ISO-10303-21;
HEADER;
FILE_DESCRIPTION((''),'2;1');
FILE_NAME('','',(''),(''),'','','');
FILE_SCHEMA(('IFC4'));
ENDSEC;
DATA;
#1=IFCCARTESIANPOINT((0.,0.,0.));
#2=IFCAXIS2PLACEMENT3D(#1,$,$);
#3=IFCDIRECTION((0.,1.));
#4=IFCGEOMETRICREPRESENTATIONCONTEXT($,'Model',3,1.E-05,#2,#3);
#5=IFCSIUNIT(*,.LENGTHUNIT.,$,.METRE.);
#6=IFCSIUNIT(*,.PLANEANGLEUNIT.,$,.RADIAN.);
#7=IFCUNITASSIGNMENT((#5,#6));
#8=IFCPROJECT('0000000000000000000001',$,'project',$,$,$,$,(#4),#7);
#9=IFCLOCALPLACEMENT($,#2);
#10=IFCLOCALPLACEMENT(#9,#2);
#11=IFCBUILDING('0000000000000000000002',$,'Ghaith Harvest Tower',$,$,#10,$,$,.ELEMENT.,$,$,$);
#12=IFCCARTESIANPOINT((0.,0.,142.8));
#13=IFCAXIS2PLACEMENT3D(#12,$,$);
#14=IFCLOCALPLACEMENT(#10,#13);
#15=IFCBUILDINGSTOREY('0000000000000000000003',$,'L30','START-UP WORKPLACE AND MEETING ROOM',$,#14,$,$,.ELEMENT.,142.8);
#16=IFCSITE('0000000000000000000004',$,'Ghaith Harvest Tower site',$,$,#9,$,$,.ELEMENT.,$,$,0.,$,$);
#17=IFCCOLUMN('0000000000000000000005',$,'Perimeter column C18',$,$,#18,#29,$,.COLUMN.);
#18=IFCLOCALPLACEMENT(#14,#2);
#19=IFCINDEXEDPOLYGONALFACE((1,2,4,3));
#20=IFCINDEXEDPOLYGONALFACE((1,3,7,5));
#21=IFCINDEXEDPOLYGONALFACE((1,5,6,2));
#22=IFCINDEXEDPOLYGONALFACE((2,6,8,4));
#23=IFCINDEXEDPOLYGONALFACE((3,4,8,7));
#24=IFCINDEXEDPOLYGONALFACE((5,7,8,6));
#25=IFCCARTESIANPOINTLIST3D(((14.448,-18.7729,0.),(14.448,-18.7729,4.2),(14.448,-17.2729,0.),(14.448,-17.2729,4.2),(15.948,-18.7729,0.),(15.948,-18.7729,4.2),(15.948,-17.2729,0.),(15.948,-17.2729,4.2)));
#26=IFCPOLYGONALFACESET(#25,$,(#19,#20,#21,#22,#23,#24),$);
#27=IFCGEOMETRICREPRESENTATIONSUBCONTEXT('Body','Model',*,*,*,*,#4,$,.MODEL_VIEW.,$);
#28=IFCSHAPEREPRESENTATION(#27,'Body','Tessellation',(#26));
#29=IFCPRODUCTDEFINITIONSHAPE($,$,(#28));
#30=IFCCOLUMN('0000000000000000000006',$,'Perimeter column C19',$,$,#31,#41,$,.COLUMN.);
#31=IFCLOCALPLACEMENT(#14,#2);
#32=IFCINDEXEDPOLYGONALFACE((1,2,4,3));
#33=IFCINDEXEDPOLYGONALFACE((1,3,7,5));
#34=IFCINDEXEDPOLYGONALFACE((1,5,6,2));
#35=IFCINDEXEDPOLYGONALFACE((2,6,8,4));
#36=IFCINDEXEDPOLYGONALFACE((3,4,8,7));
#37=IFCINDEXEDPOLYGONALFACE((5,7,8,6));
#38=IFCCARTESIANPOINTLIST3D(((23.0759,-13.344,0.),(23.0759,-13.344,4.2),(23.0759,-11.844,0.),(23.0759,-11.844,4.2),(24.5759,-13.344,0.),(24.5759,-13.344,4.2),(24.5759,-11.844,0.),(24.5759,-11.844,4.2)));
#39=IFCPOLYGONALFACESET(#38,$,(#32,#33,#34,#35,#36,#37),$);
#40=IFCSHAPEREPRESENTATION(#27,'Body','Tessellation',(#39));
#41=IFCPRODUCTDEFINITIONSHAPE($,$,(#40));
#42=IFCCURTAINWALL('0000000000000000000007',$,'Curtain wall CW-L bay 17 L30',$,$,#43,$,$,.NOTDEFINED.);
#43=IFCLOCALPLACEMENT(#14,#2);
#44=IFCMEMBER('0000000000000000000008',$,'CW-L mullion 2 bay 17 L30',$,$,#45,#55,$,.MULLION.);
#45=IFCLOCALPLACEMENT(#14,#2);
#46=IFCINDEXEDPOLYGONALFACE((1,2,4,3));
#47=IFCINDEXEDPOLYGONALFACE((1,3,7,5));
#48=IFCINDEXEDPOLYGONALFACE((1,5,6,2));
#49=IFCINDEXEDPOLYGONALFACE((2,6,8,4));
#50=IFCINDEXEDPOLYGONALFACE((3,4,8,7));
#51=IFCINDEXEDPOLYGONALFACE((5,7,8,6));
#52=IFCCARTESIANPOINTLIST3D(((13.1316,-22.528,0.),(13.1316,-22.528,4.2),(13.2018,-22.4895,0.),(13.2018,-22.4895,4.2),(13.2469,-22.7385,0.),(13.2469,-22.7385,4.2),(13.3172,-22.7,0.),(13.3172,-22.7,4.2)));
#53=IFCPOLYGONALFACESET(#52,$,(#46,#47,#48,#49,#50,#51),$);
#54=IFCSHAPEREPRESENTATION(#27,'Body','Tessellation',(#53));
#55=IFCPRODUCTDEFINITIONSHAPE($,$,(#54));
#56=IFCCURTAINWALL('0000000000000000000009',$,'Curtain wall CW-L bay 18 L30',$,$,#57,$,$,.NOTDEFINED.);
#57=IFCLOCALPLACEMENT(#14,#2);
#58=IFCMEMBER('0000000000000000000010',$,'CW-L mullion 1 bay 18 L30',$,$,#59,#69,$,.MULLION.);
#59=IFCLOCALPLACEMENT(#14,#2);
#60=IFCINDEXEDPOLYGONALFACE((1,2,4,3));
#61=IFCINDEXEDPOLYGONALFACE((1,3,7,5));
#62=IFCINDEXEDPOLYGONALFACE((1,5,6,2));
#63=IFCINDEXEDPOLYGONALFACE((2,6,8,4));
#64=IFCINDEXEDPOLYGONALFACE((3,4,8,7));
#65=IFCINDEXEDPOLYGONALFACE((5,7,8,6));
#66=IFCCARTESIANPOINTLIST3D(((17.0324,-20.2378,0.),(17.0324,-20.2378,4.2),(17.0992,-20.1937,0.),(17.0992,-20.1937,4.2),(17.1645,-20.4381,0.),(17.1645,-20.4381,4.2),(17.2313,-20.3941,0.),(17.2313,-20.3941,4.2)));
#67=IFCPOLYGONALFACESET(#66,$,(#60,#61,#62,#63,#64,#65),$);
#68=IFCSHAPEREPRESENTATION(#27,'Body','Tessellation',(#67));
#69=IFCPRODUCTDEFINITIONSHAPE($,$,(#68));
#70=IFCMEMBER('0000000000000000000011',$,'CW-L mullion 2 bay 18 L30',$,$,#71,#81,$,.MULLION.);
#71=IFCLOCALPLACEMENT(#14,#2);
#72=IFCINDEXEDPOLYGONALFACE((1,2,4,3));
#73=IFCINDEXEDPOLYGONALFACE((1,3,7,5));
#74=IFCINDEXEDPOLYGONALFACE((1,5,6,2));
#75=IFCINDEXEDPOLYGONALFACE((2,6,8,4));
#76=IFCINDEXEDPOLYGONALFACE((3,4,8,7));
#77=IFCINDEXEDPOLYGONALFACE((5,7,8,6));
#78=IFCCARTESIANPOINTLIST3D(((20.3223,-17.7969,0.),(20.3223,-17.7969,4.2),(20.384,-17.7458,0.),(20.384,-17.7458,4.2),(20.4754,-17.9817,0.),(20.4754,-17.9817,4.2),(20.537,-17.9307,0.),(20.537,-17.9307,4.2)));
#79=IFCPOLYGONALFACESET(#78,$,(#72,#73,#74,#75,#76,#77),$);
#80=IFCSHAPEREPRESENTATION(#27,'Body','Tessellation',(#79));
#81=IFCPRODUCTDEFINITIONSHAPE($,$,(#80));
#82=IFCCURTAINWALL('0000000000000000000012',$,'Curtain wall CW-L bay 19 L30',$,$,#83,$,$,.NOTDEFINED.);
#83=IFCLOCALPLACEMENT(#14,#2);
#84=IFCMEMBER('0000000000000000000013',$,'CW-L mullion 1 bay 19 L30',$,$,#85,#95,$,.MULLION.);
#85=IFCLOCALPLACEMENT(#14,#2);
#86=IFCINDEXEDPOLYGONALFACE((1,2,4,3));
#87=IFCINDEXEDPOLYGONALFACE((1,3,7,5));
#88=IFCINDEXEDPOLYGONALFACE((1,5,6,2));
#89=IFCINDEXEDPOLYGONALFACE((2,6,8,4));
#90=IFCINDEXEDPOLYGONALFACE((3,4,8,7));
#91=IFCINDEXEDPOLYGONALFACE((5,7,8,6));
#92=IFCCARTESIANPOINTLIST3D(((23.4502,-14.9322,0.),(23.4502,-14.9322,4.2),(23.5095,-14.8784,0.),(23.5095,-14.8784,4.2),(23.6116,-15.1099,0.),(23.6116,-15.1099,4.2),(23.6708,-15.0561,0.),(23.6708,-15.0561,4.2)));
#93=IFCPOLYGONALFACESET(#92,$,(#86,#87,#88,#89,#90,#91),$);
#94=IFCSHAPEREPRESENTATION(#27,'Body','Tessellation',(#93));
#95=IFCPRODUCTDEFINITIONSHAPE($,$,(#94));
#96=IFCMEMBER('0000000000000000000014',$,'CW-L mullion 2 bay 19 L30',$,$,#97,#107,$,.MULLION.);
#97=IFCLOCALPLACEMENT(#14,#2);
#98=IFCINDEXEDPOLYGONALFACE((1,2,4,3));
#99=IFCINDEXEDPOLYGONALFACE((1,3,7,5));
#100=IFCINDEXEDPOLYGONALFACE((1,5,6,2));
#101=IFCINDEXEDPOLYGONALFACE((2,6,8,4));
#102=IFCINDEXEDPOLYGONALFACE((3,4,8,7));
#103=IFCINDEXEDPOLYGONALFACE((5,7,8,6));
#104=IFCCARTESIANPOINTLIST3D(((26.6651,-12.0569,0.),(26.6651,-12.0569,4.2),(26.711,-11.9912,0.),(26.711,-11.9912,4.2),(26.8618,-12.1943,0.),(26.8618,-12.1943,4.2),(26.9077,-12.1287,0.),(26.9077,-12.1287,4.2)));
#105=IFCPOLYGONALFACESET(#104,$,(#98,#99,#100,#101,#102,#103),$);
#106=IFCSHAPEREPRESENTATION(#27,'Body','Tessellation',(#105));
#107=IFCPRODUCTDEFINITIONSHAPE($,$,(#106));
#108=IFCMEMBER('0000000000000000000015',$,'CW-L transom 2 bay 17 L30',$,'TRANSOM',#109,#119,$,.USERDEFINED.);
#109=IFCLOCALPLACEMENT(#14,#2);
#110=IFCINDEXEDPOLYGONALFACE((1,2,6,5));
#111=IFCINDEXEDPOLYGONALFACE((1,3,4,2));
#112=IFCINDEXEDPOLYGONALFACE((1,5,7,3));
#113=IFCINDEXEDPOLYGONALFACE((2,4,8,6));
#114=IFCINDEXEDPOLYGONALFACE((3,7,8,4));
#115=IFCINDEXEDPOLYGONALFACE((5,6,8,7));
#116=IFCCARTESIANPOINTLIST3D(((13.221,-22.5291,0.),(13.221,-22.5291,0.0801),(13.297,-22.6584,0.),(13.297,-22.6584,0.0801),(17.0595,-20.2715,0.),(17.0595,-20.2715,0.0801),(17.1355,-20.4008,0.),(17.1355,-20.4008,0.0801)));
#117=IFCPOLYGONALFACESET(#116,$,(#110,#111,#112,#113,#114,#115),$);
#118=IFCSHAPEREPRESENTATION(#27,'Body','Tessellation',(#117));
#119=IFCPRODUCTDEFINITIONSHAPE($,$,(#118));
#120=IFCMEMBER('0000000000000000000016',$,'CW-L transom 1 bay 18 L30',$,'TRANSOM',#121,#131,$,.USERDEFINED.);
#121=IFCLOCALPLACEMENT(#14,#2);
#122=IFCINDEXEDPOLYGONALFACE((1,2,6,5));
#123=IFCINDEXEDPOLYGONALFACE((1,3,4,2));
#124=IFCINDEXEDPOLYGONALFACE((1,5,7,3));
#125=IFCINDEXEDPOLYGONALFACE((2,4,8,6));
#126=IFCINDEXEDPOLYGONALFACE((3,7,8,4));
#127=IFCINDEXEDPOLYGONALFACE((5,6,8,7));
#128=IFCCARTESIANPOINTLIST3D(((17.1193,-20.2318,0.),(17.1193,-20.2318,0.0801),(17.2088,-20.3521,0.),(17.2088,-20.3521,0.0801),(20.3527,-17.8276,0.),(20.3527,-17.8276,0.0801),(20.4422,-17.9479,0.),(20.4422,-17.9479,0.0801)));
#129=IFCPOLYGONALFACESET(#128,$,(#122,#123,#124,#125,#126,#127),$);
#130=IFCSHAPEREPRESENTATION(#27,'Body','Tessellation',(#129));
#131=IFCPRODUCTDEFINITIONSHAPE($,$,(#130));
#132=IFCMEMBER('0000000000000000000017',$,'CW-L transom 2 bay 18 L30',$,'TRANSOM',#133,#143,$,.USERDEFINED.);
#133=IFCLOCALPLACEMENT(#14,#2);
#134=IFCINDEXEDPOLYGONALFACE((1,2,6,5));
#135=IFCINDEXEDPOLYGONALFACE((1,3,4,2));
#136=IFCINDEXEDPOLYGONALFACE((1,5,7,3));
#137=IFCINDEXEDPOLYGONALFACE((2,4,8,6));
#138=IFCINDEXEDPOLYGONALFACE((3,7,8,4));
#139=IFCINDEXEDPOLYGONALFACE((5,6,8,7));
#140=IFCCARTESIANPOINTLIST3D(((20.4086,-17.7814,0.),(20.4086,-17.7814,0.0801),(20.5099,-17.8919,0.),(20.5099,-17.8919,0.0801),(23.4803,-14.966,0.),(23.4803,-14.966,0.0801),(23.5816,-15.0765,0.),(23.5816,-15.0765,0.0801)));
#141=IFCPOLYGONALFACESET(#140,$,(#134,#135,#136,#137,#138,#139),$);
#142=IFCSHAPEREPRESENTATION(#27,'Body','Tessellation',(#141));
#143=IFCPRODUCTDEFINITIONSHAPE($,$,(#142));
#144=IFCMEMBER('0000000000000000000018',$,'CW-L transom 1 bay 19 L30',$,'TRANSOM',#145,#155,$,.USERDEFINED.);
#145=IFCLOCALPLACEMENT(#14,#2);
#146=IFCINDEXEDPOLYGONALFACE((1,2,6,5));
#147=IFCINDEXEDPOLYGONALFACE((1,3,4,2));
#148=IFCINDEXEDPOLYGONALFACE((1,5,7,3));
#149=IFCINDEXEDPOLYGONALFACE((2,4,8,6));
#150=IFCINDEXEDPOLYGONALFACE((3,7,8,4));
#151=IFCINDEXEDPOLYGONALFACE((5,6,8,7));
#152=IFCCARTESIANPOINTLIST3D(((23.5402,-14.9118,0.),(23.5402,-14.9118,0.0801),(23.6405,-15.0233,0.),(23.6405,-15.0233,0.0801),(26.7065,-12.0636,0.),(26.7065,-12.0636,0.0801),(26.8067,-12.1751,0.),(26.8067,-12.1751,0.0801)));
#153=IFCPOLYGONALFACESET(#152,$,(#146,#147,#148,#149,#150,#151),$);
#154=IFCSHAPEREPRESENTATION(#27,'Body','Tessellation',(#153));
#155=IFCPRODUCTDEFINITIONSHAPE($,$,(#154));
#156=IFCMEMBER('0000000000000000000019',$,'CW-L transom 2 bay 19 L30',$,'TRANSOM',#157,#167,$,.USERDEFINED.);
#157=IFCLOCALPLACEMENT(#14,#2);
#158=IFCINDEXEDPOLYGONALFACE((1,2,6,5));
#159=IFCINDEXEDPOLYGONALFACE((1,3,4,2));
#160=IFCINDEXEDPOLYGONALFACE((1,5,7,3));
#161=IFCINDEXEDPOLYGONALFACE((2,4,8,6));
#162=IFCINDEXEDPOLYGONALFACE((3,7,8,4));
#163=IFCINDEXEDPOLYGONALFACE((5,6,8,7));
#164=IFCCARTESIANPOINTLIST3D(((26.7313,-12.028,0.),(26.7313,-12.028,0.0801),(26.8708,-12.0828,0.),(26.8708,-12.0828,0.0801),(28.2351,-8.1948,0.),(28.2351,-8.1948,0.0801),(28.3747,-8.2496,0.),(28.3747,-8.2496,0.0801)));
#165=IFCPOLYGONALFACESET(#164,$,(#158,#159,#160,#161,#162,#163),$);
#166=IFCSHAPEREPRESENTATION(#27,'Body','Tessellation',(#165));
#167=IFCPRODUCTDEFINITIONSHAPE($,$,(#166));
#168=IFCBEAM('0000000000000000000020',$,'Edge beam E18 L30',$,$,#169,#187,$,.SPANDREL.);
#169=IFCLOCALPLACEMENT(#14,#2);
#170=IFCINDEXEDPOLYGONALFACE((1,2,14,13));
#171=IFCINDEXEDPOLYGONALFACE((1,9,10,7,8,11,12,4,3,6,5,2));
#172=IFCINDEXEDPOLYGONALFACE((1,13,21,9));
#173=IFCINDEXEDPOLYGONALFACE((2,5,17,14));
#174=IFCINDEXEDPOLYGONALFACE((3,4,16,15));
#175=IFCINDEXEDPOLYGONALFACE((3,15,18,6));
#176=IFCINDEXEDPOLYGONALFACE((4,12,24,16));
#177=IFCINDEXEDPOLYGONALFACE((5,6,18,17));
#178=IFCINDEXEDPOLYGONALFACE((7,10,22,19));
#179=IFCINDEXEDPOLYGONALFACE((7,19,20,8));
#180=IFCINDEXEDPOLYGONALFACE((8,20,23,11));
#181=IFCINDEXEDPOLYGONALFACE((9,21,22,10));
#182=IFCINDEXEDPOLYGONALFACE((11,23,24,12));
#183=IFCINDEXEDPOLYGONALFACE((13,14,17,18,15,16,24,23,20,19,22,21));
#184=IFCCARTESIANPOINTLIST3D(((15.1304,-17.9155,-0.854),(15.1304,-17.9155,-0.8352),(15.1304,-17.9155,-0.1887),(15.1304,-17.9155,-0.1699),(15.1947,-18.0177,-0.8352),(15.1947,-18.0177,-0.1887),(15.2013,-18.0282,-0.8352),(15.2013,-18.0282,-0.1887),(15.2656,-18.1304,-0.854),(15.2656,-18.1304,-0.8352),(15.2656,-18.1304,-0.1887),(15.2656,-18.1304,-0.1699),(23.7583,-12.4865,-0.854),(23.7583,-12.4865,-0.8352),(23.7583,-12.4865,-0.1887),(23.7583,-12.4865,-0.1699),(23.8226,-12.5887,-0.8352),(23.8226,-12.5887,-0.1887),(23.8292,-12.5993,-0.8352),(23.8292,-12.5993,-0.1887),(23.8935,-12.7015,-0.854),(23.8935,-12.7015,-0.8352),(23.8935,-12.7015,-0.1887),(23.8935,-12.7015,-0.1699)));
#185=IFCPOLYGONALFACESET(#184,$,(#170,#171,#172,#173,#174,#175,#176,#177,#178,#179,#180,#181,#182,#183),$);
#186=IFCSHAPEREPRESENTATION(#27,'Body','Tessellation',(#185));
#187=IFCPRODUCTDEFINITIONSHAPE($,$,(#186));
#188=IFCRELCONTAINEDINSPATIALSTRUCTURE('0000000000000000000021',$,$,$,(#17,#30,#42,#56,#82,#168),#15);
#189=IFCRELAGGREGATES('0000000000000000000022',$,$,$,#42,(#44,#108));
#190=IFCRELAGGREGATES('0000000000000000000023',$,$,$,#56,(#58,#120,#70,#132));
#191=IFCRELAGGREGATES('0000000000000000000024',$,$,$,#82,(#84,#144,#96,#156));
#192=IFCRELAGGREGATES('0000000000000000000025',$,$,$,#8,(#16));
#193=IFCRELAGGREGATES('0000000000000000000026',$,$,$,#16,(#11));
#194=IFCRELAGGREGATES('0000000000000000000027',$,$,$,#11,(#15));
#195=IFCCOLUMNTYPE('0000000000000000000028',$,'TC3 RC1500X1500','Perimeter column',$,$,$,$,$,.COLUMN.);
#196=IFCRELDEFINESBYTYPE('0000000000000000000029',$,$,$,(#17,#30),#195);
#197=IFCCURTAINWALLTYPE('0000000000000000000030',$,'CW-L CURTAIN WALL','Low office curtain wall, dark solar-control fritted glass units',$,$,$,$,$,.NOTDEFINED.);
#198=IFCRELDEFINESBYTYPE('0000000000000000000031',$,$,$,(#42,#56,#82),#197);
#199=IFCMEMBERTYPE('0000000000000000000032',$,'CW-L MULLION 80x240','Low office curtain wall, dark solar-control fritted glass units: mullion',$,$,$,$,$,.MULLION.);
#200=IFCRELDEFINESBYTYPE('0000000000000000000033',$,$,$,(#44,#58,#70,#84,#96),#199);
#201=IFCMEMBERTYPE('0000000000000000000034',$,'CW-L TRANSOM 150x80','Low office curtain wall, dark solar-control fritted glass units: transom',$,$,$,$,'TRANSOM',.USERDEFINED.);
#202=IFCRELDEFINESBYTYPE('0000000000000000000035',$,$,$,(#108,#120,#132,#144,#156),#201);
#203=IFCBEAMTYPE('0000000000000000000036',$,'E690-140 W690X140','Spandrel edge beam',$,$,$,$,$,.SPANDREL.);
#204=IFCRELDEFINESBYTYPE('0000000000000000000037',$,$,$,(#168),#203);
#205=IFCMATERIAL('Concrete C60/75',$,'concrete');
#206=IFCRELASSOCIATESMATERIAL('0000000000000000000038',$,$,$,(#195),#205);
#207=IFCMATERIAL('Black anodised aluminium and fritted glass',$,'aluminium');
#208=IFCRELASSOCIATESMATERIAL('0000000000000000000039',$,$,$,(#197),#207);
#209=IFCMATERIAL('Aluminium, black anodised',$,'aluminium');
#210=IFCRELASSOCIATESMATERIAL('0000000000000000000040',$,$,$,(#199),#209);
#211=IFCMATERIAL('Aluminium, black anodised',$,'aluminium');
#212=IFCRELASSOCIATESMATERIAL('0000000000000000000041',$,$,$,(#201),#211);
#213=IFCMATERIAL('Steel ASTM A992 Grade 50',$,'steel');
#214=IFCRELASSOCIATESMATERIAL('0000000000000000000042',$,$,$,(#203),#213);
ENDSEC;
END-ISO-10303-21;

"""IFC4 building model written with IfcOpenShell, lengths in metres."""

from ifc_helpers import new_model, si_unit, direction, frame, origin, origin_2d, place, context, subcontext, project, spatial, rectangle, i_section, extrude, material, material_profile, profile_set, type_object, element, aggregate, save


model = new_model("IFC4")

# Units and contexts
model_context = context("Model", 3, precision=1e-05, world=origin(), true_north=direction((0.0, 1.0)))
body_context = subcontext(model_context, "Body", "Model", "MODEL_VIEW")
ifc_project = project(units=[si_unit("LENGTHUNIT", "METRE"), si_unit("PLANEANGLEUNIT", "RADIAN")], contexts=[model_context])

# Site, building, storey
site_placement = place(None, origin())
site = spatial("IfcSite", under=ifc_project, at=site_placement, Name="Ghaith Harvest Tower site", CompositionType="ELEMENT", RefElevation=0.0)
building_placement = place(site_placement, origin())
building = spatial("IfcBuilding", under=site, at=building_placement, Name="Ghaith Harvest Tower", CompositionType="ELEMENT")
storey_placement = place(building_placement, frame((0.0, 0.0, 142.8)))
storey = spatial("IfcBuildingStorey", under=building, at=storey_placement, Name="L30", Description="START-UP WORKPLACE AND MEETING ROOM", CompositionType="ELEMENT", Elevation=142.8)

# Columns
ifc_material_1 = material(Name="Concrete C60/75", Category="concrete")
ifc_material_profile_1 = material_profile(ifc_material_1, rectangle(XDim=1.5, YDim=1.5, at=origin_2d()), Name="RC1500X1500")
ifc_profile_set_1 = profile_set([ifc_material_profile_1], Name="Concrete C60/75")
column_type = type_object("IfcColumnType", Name="TC3 RC1500X1500", Description="Perimeter column", PredefinedType="COLUMN", material=ifc_profile_set_1)
for number, where, z_axis, x_axis, name in (
    (1, (15.198, -18.0229, 0.0), (0.0, 0.0, 1.0), (1.0, 0.0, 0.0), "Perimeter column C18"),
    (2, (23.8259, -12.594, 0.0), (0.0, 0.0, 1.0), (1.0, 0.0, 0.0), "Perimeter column C19"),
):
    element("IfcColumn", number, at=place(storey_placement, frame(where, z_axis=z_axis, x_axis=x_axis)), inside=storey, type_object=column_type, Name=name, PredefinedType="COLUMN", context=body_context, shape_type="SweptSolid", body=[
        extrude(rectangle(XDim=1.5, YDim=1.5, at=origin_2d()), origin(), (0.0, 0.0, 1.0), 4.2),
    ])

# Curtain wall, member
ifc_material_2 = material(Name="Black anodised aluminium and fritted glass", Category="aluminium")
curtain_wall_type = type_object("IfcCurtainWallType", Name="CW-L CURTAIN WALL", Description="Low office curtain wall, dark solar-control fritted glass units", PredefinedType="NOTDEFINED", material=ifc_material_2)
curtain_wall_1_placement = place(storey_placement, origin())
curtain_wall_1 = element("IfcCurtainWall", 3, at=curtain_wall_1_placement, inside=storey, type_object=curtain_wall_type, Name="Curtain wall CW-L bay 17 L30", PredefinedType="NOTDEFINED")
ifc_material_3 = material(Name="Aluminium, black anodised", Category="aluminium")
ifc_material_profile_2 = material_profile(ifc_material_3, rectangle(XDim=0.0801, YDim=0.24, at=origin_2d()), Name="CW-L MULLION 80x240")
ifc_profile_set_2 = profile_set([ifc_material_profile_2], Name="Aluminium, black anodised")
member_type_1 = type_object("IfcMemberType", Name="CW-L MULLION 80x240", Description="Low office curtain wall, dark solar-control fritted glass units: mullion", PredefinedType="MULLION", material=ifc_profile_set_2)
member_1_placement = place(storey_placement, frame((13.2244, -22.614, 0.0), z_axis=(0.0, 0.0, 1.0), x_axis=(0.876899, 0.480675, 0.0)))
member_1 = element("IfcMember", 4, at=member_1_placement, type_object=member_type_1, Name="CW-L mullion 2 bay 17 L30", PredefinedType="MULLION", context=body_context, shape_type="SweptSolid", body=[
    extrude(rectangle(XDim=0.0801, YDim=0.24, at=origin_2d()), origin(), (0.0, 0.0, 1.0), 4.2),
])

# Curtain walls, members
curtain_wall_2_placement = place(storey_placement, origin())
curtain_wall_2 = element("IfcCurtainWall", 5, at=curtain_wall_2_placement, inside=storey, type_object=curtain_wall_type, Name="Curtain wall CW-L bay 18 L30", PredefinedType="NOTDEFINED")
member_2_placement = place(storey_placement, frame((17.1318, -20.3159, 0.0), z_axis=(0.0, 0.0, 1.0), x_axis=(0.834887, 0.550421, 0.0)))
member_2 = element("IfcMember", 6, at=member_2_placement, type_object=member_type_1, Name="CW-L mullion 1 bay 18 L30", PredefinedType="MULLION", context=body_context, shape_type="SweptSolid", body=[
    extrude(rectangle(XDim=0.0801, YDim=0.24, at=origin_2d()), origin(), (0.0, 0.0, 1.0), 4.2),
])
member_3_placement = place(storey_placement, frame((20.4297, -17.8638, 0.0), z_axis=(0.0, 0.0, 1.0), x_axis=(0.770306, 0.637674, 0.0)))
member_3 = element("IfcMember", 7, at=member_3_placement, type_object=member_type_1, Name="CW-L mullion 2 bay 18 L30", PredefinedType="MULLION", context=body_context, shape_type="SweptSolid", body=[
    extrude(rectangle(XDim=0.0801, YDim=0.24, at=origin_2d()), origin(), (0.0, 0.0, 1.0), 4.2),
])
curtain_wall_3_placement = place(storey_placement, origin())
curtain_wall_3 = element("IfcCurtainWall", 8, at=curtain_wall_3_placement, inside=storey, type_object=curtain_wall_type, Name="Curtain wall CW-L bay 19 L30", PredefinedType="NOTDEFINED")
member_4_placement = place(storey_placement, frame((23.5605, -14.9941, 0.0), z_axis=(0.0, 0.0, 1.0), x_axis=(0.740389, 0.672179, 0.0)))
member_4 = element("IfcMember", 9, at=member_4_placement, type_object=member_type_1, Name="CW-L mullion 1 bay 19 L30", PredefinedType="MULLION", context=body_context, shape_type="SweptSolid", body=[
    extrude(rectangle(XDim=0.0801, YDim=0.24, at=origin_2d()), origin(), (0.0, 0.0, 1.0), 4.2),
])
member_5_placement = place(storey_placement, frame((26.7864, -12.0928, 0.0), z_axis=(0.0, 0.0, 1.0), x_axis=(0.572853, 0.819658, 0.0)))
member_5 = element("IfcMember", 10, at=member_5_placement, type_object=member_type_1, Name="CW-L mullion 2 bay 19 L30", PredefinedType="MULLION", context=body_context, shape_type="SweptSolid", body=[
    extrude(rectangle(XDim=0.0801, YDim=0.24, at=origin_2d()), origin(), (0.0, 0.0, 1.0), 4.2),
])

# Members
ifc_material_4 = material(Name="Aluminium, black anodised", Category="aluminium")
ifc_material_profile_3 = material_profile(ifc_material_4, rectangle(XDim=0.1499, YDim=0.0801, at=origin_2d()), Name="CW-L TRANSOM 150x80")
ifc_profile_set_3 = profile_set([ifc_material_profile_3], Name="Aluminium, black anodised")
member_type_2 = type_object("IfcMemberType", Name="CW-L TRANSOM 150x80", Description="Low office curtain wall, dark solar-control fritted glass units: transom", ElementType="TRANSOM", PredefinedType="USERDEFINED", material=ifc_profile_set_3)
member_6_placement = place(storey_placement, frame((13.259, -22.5938, 0.04), z_axis=(0.861964, 0.50697, 0.0), x_axis=(-0.50697, 0.861964, 0.0)))
member_6 = element("IfcMember", 11, at=member_6_placement, type_object=member_type_2, Name="CW-L transom 2 bay 17 L30", ObjectType="TRANSOM", PredefinedType="USERDEFINED", context=body_context, shape_type="SweptSolid", body=[
    extrude(rectangle(XDim=0.1499, YDim=0.0801, at=origin_2d()), origin(), (0.0, 0.0, 1.0), 4.4531),
])
member_7_placement = place(storey_placement, frame((17.1641, -20.292, 0.04), z_axis=(0.802465, 0.596699, 0.0), x_axis=(-0.596699, 0.802465, 0.0)))
member_7 = element("IfcMember", 12, at=member_7_placement, type_object=member_type_2, Name="CW-L transom 1 bay 18 L30", ObjectType="TRANSOM", PredefinedType="USERDEFINED", context=body_context, shape_type="SweptSolid", body=[
    extrude(rectangle(XDim=0.1499, YDim=0.0801, at=origin_2d()), origin(), (0.0, 0.0, 1.0), 4.0293),
])
member_8_placement = place(storey_placement, frame((20.4592, -17.8367, 0.04), z_axis=(0.737198, 0.675677, 0.0), x_axis=(-0.675677, 0.737198, 0.0)))
member_8 = element("IfcMember", 13, at=member_8_placement, type_object=member_type_2, Name="CW-L transom 2 bay 18 L30", ObjectType="TRANSOM", PredefinedType="USERDEFINED", context=body_context, shape_type="SweptSolid", body=[
    extrude(rectangle(XDim=0.1499, YDim=0.0801, at=origin_2d()), origin(), (0.0, 0.0, 1.0), 4.1667),
])
member_9_placement = place(storey_placement, frame((23.5903, -14.9675, 0.04), z_axis=(0.743468, 0.668772, 0.0), x_axis=(-0.668772, 0.743468, 0.0)))
member_9 = element("IfcMember", 14, at=member_9_placement, type_object=member_type_2, Name="CW-L transom 1 bay 19 L30", ObjectType="TRANSOM", PredefinedType="USERDEFINED", context=body_context, shape_type="SweptSolid", body=[
    extrude(rectangle(XDim=0.1499, YDim=0.0801, at=origin_2d()), origin(), (0.0, 0.0, 1.0), 4.2588),
])
member_10_placement = place(storey_placement, frame((26.801, -12.0554, 0.04), z_axis=(0.365229, 0.930918, 0.0), x_axis=(-0.930918, 0.365229, 0.0)))
member_10 = element("IfcMember", 15, at=member_10_placement, type_object=member_type_2, Name="CW-L transom 2 bay 19 L30", ObjectType="TRANSOM", PredefinedType="USERDEFINED", context=body_context, shape_type="SweptSolid", body=[
    extrude(rectangle(XDim=0.1499, YDim=0.0801, at=origin_2d()), origin(), (0.0, 0.0, 1.0), 4.1177),
])

# Beam
ifc_material_5 = material(Name="Steel ASTM A992 Grade 50", Category="steel")
ifc_material_profile_4 = material_profile(ifc_material_5, i_section(OverallWidth=0.2539, OverallDepth=0.6841, WebThickness=0.0125, FlangeThickness=0.0188, at=origin_2d()), Name="W690X140")
ifc_profile_set_4 = profile_set([ifc_material_profile_4], Name="Steel ASTM A992 Grade 50")
beam_type = type_object("IfcBeamType", Name="E690-140 W690X140", Description="Spandrel edge beam", PredefinedType="SPANDREL", material=ifc_profile_set_4)
beam_1_placement = place(storey_placement, frame((15.198, -18.0229, -0.512), z_axis=(0.846385, 0.532571, 0.0), x_axis=(-0.532571, 0.846385, 0.0)))
element("IfcBeam", 16, at=beam_1_placement, inside=storey, type_object=beam_type, Name="Edge beam E18 L30", PredefinedType="SPANDREL", context=body_context, shape_type="SweptSolid", body=[
    extrude(i_section(OverallWidth=0.2539, OverallDepth=0.6841, WebThickness=0.0125, FlangeThickness=0.0188, at=origin_2d()), origin(), (0.0, 0.0, 1.0), 10.1938),
])

aggregate(curtain_wall_1, [member_1, member_6])
aggregate(curtain_wall_2, [member_2, member_7, member_3, member_8])
aggregate(curtain_wall_3, [member_4, member_9, member_5, member_10])

save(model, "model.ifc")
